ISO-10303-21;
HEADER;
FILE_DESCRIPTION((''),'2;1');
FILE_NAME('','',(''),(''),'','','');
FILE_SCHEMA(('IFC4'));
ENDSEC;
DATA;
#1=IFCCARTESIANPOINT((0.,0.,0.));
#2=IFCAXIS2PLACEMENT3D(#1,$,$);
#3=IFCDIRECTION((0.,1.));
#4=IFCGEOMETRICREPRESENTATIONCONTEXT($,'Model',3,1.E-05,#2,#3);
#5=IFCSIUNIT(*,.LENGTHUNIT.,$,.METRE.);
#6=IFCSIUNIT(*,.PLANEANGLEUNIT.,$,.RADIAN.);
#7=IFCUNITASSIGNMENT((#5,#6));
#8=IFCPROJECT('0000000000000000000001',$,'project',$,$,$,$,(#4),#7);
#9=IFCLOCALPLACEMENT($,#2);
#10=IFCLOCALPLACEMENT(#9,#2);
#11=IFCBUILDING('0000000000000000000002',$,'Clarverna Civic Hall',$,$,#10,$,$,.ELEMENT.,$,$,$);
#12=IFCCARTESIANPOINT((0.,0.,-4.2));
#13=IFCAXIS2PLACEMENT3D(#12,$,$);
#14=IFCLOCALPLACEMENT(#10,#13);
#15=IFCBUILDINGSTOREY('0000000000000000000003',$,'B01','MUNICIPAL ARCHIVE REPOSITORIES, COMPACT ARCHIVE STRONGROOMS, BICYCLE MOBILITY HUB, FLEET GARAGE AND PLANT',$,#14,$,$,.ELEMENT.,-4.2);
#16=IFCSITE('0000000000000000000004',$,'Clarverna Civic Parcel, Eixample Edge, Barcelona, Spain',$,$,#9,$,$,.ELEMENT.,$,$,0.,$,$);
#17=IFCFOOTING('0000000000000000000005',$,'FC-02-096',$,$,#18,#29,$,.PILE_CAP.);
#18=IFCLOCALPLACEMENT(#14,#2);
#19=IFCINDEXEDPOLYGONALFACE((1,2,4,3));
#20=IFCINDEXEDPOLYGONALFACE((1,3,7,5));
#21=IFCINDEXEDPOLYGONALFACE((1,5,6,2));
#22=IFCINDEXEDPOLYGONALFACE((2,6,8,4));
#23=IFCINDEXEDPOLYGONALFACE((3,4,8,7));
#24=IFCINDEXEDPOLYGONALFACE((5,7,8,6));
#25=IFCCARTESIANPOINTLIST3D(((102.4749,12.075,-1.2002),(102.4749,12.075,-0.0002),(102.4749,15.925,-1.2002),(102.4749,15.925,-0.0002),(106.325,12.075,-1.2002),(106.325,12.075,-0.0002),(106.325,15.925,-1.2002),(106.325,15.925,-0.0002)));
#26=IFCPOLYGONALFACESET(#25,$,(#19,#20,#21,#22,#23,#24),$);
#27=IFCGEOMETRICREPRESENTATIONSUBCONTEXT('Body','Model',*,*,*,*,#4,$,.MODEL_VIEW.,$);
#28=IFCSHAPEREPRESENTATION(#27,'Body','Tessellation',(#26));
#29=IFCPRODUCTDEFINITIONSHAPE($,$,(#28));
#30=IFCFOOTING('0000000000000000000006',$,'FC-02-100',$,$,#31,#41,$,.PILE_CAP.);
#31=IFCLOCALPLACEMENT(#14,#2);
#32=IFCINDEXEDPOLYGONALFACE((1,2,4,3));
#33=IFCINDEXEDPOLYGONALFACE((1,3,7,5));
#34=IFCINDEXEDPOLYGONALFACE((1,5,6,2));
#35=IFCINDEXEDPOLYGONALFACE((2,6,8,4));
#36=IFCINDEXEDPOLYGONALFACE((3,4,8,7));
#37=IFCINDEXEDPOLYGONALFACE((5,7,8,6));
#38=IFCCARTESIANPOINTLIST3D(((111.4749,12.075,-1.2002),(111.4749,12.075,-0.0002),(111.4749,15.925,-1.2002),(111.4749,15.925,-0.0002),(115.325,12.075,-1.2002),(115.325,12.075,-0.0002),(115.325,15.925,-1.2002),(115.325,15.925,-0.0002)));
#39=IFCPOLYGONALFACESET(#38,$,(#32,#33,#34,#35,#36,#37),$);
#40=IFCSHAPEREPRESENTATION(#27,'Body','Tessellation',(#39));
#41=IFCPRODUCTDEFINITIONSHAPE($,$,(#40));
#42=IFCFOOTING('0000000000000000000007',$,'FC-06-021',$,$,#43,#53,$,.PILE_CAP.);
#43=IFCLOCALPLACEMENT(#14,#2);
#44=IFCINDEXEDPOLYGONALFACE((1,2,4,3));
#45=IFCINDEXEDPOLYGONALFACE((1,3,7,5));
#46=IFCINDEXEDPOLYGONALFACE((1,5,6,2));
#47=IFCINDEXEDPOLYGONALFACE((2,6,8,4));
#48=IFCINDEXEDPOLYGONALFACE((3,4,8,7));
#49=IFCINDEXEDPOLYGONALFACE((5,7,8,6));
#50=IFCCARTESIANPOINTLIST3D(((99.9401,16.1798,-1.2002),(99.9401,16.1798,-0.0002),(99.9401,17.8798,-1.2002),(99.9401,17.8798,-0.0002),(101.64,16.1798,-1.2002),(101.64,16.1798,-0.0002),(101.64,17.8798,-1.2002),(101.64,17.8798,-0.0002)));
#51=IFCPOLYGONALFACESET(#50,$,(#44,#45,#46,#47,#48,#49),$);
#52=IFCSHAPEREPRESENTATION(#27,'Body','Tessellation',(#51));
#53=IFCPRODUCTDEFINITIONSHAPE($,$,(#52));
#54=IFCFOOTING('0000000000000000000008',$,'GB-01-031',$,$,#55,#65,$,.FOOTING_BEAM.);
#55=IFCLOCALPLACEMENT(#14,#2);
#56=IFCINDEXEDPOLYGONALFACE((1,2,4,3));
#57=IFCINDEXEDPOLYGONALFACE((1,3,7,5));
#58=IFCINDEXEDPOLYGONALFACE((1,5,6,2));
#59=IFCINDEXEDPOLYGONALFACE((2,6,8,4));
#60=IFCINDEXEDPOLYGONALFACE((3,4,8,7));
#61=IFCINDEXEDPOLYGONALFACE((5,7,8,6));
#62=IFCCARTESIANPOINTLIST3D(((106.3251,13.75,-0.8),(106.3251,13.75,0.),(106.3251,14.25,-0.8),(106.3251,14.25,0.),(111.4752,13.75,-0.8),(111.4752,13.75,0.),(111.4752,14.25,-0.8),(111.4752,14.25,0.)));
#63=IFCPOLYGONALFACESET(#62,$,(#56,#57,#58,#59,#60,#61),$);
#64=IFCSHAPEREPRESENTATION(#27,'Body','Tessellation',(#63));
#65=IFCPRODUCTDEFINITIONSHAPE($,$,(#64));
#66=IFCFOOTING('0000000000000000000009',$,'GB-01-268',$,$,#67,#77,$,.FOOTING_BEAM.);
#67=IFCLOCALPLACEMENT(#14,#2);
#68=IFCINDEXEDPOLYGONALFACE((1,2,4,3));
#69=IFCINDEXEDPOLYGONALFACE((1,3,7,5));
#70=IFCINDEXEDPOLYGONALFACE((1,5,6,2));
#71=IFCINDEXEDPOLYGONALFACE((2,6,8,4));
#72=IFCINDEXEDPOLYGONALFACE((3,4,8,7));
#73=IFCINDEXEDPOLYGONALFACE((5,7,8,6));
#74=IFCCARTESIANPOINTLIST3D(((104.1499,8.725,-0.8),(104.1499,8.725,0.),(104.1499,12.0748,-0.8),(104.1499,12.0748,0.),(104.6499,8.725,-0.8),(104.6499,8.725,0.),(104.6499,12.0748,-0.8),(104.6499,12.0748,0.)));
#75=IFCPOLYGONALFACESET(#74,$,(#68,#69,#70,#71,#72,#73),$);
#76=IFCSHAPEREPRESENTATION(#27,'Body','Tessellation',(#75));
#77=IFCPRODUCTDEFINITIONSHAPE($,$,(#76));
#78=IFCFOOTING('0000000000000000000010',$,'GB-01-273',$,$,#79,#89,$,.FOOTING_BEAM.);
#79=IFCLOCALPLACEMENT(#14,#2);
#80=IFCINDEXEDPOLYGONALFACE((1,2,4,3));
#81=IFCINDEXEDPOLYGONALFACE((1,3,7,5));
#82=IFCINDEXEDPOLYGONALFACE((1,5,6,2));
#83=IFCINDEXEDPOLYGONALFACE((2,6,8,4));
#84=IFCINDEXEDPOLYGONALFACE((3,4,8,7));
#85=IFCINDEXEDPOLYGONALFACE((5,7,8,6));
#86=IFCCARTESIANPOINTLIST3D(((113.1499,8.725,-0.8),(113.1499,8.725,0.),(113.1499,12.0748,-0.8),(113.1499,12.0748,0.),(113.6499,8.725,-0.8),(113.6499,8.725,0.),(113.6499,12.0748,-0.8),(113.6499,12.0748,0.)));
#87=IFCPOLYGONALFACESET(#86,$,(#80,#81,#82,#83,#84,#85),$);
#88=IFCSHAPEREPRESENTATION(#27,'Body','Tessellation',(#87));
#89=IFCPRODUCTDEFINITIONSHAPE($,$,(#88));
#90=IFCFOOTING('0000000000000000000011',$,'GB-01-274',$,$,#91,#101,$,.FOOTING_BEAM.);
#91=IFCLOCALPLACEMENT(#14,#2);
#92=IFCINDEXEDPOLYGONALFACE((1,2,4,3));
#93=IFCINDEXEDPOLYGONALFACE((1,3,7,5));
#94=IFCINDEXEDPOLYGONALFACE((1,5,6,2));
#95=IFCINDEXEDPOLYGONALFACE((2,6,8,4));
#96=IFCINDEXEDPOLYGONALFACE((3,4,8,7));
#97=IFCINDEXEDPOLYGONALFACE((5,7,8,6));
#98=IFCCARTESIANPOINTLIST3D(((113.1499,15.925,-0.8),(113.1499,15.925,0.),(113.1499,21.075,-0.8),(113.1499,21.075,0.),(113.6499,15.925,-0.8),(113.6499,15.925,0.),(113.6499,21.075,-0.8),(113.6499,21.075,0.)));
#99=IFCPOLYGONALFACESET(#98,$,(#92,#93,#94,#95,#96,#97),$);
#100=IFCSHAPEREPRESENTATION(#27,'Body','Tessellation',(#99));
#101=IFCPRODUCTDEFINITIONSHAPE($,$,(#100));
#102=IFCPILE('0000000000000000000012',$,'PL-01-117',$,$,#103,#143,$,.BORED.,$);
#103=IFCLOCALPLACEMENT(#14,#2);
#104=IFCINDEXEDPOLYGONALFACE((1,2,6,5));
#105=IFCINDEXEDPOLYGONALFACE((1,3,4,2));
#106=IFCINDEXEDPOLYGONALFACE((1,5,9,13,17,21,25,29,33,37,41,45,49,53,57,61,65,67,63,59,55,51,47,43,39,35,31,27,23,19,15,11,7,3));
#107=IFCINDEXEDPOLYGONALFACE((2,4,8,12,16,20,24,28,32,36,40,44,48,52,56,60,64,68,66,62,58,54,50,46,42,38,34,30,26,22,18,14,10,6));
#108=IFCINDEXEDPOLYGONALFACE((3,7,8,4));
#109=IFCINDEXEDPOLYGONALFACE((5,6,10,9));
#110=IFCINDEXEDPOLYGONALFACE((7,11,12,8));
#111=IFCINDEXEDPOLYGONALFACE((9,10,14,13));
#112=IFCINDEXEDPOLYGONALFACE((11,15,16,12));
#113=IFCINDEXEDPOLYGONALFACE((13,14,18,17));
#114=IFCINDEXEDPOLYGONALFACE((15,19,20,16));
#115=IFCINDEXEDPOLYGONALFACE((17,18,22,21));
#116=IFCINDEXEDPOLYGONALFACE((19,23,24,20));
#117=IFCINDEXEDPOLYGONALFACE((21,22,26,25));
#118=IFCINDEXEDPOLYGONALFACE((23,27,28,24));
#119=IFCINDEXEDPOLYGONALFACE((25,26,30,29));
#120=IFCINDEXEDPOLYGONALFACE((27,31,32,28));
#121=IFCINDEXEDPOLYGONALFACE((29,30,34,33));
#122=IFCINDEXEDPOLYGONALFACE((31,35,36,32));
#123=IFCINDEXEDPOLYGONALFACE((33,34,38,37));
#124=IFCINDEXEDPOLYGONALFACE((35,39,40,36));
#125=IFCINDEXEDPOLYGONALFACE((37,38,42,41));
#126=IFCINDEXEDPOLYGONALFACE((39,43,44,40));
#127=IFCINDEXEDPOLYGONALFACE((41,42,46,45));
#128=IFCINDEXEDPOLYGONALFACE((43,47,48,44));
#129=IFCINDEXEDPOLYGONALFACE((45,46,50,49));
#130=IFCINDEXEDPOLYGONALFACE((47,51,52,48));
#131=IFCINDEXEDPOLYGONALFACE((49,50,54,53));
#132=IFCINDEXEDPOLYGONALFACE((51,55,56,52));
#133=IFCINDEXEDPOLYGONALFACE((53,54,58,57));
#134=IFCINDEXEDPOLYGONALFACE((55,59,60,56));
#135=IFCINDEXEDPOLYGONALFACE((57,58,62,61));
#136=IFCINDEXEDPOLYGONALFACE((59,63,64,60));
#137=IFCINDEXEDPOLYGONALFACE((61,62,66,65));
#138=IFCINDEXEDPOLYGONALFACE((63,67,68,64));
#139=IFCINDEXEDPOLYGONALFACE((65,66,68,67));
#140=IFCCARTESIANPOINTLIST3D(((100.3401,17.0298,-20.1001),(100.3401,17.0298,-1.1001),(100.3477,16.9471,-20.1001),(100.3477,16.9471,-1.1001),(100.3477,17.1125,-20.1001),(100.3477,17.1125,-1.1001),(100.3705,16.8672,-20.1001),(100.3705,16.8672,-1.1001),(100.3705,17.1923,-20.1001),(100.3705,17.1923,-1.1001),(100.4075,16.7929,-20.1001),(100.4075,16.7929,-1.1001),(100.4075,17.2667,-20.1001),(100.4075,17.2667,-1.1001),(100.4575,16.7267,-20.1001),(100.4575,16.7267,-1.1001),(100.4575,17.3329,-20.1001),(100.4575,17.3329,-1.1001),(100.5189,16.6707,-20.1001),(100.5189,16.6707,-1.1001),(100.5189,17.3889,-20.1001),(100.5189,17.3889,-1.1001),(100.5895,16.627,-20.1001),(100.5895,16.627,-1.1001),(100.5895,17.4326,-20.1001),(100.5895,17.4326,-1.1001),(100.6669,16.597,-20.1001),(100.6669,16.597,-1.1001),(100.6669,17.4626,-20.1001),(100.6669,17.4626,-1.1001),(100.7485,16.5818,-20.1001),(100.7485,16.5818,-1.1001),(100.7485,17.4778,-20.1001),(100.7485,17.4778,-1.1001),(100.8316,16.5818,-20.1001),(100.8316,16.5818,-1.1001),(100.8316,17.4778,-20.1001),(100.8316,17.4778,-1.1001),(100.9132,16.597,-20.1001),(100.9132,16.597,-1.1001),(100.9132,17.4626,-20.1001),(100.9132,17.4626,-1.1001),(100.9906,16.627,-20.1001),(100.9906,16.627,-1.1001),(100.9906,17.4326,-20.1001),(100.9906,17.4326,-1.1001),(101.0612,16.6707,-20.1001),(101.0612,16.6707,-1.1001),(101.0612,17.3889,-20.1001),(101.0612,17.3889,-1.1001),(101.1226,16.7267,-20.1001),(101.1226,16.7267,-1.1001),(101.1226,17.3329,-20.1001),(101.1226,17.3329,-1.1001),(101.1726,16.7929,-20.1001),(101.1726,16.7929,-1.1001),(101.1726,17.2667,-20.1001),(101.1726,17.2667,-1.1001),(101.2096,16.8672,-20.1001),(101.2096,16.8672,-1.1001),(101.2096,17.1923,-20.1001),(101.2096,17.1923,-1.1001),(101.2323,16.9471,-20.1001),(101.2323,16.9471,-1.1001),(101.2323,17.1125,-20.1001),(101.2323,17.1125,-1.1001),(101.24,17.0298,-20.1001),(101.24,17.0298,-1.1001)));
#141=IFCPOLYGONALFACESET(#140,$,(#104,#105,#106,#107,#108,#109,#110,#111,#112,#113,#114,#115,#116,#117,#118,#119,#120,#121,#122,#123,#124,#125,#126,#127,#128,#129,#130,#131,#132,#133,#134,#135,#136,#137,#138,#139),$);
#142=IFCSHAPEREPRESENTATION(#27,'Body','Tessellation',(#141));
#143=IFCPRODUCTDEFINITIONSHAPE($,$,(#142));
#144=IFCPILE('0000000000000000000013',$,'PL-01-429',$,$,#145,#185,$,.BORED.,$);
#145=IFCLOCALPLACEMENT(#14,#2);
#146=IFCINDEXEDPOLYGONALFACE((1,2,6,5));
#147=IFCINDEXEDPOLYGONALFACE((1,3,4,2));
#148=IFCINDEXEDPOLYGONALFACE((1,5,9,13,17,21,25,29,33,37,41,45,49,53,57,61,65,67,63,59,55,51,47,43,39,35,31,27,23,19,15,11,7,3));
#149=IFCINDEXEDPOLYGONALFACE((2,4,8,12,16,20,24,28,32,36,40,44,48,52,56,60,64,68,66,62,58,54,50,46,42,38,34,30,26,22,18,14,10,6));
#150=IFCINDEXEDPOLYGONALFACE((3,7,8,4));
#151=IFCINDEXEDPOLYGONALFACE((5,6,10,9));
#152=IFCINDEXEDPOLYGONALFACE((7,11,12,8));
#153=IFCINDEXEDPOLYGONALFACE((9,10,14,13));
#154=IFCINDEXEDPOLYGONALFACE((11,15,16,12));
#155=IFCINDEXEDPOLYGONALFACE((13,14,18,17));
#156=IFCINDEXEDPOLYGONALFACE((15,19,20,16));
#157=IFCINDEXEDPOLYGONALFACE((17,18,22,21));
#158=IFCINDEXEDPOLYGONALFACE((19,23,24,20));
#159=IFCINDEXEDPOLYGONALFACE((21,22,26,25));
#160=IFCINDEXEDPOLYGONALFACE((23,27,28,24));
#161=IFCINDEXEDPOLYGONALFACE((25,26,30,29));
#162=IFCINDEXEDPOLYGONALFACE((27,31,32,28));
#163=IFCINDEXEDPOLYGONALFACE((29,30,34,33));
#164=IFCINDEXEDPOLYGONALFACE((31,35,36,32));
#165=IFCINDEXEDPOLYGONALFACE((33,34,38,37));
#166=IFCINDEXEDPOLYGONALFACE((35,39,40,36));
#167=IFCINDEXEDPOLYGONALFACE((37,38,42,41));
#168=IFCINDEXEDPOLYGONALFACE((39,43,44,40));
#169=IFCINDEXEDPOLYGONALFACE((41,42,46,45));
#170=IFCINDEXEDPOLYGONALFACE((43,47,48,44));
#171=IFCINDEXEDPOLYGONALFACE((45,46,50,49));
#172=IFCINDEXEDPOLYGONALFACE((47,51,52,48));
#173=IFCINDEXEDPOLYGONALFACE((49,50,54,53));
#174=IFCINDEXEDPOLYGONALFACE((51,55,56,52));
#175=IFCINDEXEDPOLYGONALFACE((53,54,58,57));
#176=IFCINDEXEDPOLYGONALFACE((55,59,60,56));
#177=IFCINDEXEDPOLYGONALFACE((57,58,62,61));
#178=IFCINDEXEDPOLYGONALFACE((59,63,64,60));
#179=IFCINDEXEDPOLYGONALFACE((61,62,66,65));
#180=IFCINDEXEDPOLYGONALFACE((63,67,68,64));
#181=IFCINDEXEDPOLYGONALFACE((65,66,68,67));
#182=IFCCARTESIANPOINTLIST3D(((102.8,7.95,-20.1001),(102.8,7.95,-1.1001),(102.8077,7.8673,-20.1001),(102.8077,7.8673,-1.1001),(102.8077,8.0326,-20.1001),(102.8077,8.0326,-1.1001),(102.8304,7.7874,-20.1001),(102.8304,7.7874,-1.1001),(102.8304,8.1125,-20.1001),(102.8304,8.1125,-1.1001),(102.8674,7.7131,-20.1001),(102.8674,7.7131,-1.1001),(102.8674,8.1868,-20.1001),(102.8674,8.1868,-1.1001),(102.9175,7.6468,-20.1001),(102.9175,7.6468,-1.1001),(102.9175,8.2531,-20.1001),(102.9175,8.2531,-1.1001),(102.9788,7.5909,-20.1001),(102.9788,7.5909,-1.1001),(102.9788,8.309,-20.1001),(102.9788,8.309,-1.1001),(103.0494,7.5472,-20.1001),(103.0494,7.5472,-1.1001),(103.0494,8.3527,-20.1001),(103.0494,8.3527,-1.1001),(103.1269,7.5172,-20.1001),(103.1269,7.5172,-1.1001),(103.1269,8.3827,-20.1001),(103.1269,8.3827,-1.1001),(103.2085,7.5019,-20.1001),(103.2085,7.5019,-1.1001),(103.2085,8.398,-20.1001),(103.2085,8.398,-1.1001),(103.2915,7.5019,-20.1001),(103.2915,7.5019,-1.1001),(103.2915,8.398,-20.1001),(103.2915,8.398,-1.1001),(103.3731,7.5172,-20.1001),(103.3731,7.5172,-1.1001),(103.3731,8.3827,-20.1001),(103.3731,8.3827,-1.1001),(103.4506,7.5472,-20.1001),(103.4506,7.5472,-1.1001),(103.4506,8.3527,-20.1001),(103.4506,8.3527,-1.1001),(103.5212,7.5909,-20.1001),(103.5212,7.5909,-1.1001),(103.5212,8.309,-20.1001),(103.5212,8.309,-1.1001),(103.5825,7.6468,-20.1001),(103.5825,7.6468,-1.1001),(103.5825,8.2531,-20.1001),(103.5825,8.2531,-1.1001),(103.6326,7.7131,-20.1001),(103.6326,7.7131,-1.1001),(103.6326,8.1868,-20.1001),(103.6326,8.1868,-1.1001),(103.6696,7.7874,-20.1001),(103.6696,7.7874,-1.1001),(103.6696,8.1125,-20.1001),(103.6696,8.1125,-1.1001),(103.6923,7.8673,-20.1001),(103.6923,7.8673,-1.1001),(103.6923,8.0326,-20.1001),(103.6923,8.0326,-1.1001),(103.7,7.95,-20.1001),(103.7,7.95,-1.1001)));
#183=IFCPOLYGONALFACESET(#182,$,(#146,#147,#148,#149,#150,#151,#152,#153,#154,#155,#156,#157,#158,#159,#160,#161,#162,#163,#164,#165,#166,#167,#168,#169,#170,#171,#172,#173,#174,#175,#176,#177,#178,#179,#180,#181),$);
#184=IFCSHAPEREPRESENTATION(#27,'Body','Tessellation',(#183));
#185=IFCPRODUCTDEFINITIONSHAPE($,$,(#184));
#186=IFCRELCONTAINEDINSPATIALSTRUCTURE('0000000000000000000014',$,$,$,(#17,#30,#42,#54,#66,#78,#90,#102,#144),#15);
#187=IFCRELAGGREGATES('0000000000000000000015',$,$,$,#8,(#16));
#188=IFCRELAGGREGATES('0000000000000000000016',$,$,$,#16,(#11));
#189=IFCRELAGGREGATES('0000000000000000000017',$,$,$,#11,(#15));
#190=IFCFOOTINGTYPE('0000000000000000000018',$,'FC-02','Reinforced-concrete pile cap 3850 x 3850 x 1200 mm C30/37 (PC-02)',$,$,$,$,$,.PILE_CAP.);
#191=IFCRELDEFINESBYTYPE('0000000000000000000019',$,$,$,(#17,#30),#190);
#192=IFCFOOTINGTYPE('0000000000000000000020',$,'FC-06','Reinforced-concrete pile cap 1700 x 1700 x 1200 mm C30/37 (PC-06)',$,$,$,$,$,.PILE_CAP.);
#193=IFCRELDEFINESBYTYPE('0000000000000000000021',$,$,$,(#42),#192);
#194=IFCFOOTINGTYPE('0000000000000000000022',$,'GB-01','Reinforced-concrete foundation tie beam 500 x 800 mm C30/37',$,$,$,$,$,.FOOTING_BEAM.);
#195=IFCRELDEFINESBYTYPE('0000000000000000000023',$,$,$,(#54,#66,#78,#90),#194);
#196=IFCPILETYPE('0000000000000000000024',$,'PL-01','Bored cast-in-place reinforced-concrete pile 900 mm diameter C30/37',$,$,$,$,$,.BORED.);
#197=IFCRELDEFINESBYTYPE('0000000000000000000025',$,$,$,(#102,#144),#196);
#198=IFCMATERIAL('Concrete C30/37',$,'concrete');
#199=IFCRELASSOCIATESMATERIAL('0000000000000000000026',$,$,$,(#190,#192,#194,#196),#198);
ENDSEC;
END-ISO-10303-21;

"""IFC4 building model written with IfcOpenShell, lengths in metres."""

from ifc_helpers import new_model, si_unit, direction, frame, frame_2d, origin, origin_2d, place, context, subcontext, project, spatial, rectangle, circle, extrude, material, material_profile, profile_set, type_object, element, save


model = new_model("IFC4")

# Units and contexts
model_context = context("Model", 3, precision=1e-05, world=origin(), true_north=direction((0.0, 1.0)))
body_context = subcontext(model_context, "Body", "Model", "MODEL_VIEW")
ifc_project = project(units=[si_unit("LENGTHUNIT", "METRE"), si_unit("PLANEANGLEUNIT", "RADIAN")], contexts=[model_context])

# Site, building, storey
site_placement = place(None, origin())
site = spatial("IfcSite", under=ifc_project, at=site_placement, Name="Clarverna Civic Parcel, Eixample Edge, Barcelona, Spain", CompositionType="ELEMENT", RefElevation=0.0)
building_placement = place(site_placement, origin())
building = spatial("IfcBuilding", under=site, at=building_placement, Name="Clarverna Civic Hall", CompositionType="ELEMENT")
storey_placement = place(building_placement, frame((0.0, 0.0, -4.2)))
storey = spatial("IfcBuildingStorey", under=building, at=storey_placement, Name="B01", Description="MUNICIPAL ARCHIVE REPOSITORIES, COMPACT ARCHIVE STRONGROOMS, BICYCLE MOBILITY HUB, FLEET GARAGE AND PLANT", CompositionType="ELEMENT", Elevation=-4.2)

# Footings
ifc_material_1 = material(Name="Concrete C30/37", Category="concrete")
footing_type_1 = type_object("IfcFootingType", Name="FC-02", Description="Reinforced-concrete pile cap 3850 x 3850 x 1200 mm C30/37 (PC-02)", PredefinedType="PILE_CAP", material=ifc_material_1)
for number, where, z_axis, x_axis, name in (
    (1, (104.3999, 14.0, -1.2002), (0.0, 0.0, 1.0), (1.0, 0.0, 0.0), "FC-02-096"),
    (2, (113.3999, 14.0, -1.2002), (0.0, 0.0, 1.0), (1.0, 0.0, 0.0), "FC-02-100"),
):
    element("IfcFooting", number, at=place(storey_placement, frame(where, z_axis=z_axis, x_axis=x_axis)), inside=storey, type_object=footing_type_1, Name=name, PredefinedType="PILE_CAP", context=body_context, shape_type="SweptSolid", body=[
        extrude(rectangle(XDim=3.8501, YDim=3.8501, at=origin_2d()), origin(), (0.0, 0.0, 1.0), 1.2),
    ])
footing_type_2 = type_object("IfcFootingType", Name="FC-06", Description="Reinforced-concrete pile cap 1700 x 1700 x 1200 mm C30/37 (PC-06)", PredefinedType="PILE_CAP", material=ifc_material_1)
footing_1_placement = place(storey_placement, frame((100.79, 17.0298, -1.2002), z_axis=(0.0, 0.0, 1.0), x_axis=(1.0, 0.0, 0.0)))
element("IfcFooting", 3, at=footing_1_placement, inside=storey, type_object=footing_type_2, Name="FC-06-021", PredefinedType="PILE_CAP", context=body_context, shape_type="SweptSolid", body=[
    extrude(rectangle(XDim=1.7, YDim=1.7, at=origin_2d()), origin(), (0.0, 0.0, 1.0), 1.2),
])
footing_type_3 = type_object("IfcFootingType", Name="GB-01", Description="Reinforced-concrete foundation tie beam 500 x 800 mm C30/37", PredefinedType="FOOTING_BEAM", material=ifc_material_1)
footing_2_placement = place(storey_placement, frame((106.325, 14.0, -0.8), z_axis=(0.0, 0.0, 1.0), x_axis=(1.0, 0.0, 0.0)))
element("IfcFooting", 4, at=footing_2_placement, inside=storey, type_object=footing_type_3, Name="GB-01-031", PredefinedType="FOOTING_BEAM", context=body_context, shape_type="SweptSolid", body=[
    extrude(rectangle(XDim=5.1501, YDim=0.5, at=frame_2d((2.5752, 0.0))), origin(), (0.0, 0.0, 1.0), 0.8),
])
for number, where, z_axis, x_axis, name in (
    (5, (104.3999, 8.7251, -0.8), (0.0, 0.0, 1.0), (0.0, 1.0, 0.0), "GB-01-268"),
    (6, (113.3999, 8.7251, -0.8), (0.0, 0.0, 1.0), (0.0, 1.0, 0.0), "GB-01-273"),
):
    element("IfcFooting", number, at=place(storey_placement, frame(where, z_axis=z_axis, x_axis=x_axis)), inside=storey, type_object=footing_type_3, Name=name, PredefinedType="FOOTING_BEAM", context=body_context, shape_type="SweptSolid", body=[
        extrude(rectangle(XDim=3.3499, YDim=0.5, at=frame_2d((1.6748, 0.0))), origin(), (0.0, 0.0, 1.0), 0.8),
    ])
footing_3_placement = place(storey_placement, frame((113.3999, 15.925, -0.8), z_axis=(0.0, 0.0, 1.0), x_axis=(0.0, 1.0, 0.0)))
element("IfcFooting", 7, at=footing_3_placement, inside=storey, type_object=footing_type_3, Name="GB-01-274", PredefinedType="FOOTING_BEAM", context=body_context, shape_type="SweptSolid", body=[
    extrude(rectangle(XDim=5.1499, YDim=0.5, at=frame_2d((2.575, 0.0))), origin(), (0.0, 0.0, 1.0), 0.8),
])

# Piles
ifc_material_profile_1 = material_profile(ifc_material_1, circle(Radius=0.45, at=origin_2d()), Name="BORED PILE D900")
ifc_profile_set_1 = profile_set([ifc_material_profile_1], Name="Concrete C30/37")
pile_type = type_object("IfcPileType", Name="PL-01", Description="Bored cast-in-place reinforced-concrete pile 900 mm diameter C30/37", PredefinedType="BORED", material=ifc_profile_set_1)
for number, where, z_axis, x_axis, name in (
    (8, (100.79, 17.0298, -1.1001), (0.0, 0.0, -1.0), (1.0, 0.0, 0.0), "PL-01-117"),
    (9, (103.25, 7.95, -1.1001), (0.0, 0.0, -1.0), (1.0, 0.0, 0.0), "PL-01-429"),
):
    element("IfcPile", number, at=place(storey_placement, frame(where, z_axis=z_axis, x_axis=x_axis)), inside=storey, type_object=pile_type, Name=name, PredefinedType="BORED", context=body_context, shape_type="SweptSolid", body=[
        extrude(circle(Radius=0.45, at=origin_2d()), origin(), (0.0, 0.0, 1.0), 19.0),
    ])

save(model, "model.ifc")
